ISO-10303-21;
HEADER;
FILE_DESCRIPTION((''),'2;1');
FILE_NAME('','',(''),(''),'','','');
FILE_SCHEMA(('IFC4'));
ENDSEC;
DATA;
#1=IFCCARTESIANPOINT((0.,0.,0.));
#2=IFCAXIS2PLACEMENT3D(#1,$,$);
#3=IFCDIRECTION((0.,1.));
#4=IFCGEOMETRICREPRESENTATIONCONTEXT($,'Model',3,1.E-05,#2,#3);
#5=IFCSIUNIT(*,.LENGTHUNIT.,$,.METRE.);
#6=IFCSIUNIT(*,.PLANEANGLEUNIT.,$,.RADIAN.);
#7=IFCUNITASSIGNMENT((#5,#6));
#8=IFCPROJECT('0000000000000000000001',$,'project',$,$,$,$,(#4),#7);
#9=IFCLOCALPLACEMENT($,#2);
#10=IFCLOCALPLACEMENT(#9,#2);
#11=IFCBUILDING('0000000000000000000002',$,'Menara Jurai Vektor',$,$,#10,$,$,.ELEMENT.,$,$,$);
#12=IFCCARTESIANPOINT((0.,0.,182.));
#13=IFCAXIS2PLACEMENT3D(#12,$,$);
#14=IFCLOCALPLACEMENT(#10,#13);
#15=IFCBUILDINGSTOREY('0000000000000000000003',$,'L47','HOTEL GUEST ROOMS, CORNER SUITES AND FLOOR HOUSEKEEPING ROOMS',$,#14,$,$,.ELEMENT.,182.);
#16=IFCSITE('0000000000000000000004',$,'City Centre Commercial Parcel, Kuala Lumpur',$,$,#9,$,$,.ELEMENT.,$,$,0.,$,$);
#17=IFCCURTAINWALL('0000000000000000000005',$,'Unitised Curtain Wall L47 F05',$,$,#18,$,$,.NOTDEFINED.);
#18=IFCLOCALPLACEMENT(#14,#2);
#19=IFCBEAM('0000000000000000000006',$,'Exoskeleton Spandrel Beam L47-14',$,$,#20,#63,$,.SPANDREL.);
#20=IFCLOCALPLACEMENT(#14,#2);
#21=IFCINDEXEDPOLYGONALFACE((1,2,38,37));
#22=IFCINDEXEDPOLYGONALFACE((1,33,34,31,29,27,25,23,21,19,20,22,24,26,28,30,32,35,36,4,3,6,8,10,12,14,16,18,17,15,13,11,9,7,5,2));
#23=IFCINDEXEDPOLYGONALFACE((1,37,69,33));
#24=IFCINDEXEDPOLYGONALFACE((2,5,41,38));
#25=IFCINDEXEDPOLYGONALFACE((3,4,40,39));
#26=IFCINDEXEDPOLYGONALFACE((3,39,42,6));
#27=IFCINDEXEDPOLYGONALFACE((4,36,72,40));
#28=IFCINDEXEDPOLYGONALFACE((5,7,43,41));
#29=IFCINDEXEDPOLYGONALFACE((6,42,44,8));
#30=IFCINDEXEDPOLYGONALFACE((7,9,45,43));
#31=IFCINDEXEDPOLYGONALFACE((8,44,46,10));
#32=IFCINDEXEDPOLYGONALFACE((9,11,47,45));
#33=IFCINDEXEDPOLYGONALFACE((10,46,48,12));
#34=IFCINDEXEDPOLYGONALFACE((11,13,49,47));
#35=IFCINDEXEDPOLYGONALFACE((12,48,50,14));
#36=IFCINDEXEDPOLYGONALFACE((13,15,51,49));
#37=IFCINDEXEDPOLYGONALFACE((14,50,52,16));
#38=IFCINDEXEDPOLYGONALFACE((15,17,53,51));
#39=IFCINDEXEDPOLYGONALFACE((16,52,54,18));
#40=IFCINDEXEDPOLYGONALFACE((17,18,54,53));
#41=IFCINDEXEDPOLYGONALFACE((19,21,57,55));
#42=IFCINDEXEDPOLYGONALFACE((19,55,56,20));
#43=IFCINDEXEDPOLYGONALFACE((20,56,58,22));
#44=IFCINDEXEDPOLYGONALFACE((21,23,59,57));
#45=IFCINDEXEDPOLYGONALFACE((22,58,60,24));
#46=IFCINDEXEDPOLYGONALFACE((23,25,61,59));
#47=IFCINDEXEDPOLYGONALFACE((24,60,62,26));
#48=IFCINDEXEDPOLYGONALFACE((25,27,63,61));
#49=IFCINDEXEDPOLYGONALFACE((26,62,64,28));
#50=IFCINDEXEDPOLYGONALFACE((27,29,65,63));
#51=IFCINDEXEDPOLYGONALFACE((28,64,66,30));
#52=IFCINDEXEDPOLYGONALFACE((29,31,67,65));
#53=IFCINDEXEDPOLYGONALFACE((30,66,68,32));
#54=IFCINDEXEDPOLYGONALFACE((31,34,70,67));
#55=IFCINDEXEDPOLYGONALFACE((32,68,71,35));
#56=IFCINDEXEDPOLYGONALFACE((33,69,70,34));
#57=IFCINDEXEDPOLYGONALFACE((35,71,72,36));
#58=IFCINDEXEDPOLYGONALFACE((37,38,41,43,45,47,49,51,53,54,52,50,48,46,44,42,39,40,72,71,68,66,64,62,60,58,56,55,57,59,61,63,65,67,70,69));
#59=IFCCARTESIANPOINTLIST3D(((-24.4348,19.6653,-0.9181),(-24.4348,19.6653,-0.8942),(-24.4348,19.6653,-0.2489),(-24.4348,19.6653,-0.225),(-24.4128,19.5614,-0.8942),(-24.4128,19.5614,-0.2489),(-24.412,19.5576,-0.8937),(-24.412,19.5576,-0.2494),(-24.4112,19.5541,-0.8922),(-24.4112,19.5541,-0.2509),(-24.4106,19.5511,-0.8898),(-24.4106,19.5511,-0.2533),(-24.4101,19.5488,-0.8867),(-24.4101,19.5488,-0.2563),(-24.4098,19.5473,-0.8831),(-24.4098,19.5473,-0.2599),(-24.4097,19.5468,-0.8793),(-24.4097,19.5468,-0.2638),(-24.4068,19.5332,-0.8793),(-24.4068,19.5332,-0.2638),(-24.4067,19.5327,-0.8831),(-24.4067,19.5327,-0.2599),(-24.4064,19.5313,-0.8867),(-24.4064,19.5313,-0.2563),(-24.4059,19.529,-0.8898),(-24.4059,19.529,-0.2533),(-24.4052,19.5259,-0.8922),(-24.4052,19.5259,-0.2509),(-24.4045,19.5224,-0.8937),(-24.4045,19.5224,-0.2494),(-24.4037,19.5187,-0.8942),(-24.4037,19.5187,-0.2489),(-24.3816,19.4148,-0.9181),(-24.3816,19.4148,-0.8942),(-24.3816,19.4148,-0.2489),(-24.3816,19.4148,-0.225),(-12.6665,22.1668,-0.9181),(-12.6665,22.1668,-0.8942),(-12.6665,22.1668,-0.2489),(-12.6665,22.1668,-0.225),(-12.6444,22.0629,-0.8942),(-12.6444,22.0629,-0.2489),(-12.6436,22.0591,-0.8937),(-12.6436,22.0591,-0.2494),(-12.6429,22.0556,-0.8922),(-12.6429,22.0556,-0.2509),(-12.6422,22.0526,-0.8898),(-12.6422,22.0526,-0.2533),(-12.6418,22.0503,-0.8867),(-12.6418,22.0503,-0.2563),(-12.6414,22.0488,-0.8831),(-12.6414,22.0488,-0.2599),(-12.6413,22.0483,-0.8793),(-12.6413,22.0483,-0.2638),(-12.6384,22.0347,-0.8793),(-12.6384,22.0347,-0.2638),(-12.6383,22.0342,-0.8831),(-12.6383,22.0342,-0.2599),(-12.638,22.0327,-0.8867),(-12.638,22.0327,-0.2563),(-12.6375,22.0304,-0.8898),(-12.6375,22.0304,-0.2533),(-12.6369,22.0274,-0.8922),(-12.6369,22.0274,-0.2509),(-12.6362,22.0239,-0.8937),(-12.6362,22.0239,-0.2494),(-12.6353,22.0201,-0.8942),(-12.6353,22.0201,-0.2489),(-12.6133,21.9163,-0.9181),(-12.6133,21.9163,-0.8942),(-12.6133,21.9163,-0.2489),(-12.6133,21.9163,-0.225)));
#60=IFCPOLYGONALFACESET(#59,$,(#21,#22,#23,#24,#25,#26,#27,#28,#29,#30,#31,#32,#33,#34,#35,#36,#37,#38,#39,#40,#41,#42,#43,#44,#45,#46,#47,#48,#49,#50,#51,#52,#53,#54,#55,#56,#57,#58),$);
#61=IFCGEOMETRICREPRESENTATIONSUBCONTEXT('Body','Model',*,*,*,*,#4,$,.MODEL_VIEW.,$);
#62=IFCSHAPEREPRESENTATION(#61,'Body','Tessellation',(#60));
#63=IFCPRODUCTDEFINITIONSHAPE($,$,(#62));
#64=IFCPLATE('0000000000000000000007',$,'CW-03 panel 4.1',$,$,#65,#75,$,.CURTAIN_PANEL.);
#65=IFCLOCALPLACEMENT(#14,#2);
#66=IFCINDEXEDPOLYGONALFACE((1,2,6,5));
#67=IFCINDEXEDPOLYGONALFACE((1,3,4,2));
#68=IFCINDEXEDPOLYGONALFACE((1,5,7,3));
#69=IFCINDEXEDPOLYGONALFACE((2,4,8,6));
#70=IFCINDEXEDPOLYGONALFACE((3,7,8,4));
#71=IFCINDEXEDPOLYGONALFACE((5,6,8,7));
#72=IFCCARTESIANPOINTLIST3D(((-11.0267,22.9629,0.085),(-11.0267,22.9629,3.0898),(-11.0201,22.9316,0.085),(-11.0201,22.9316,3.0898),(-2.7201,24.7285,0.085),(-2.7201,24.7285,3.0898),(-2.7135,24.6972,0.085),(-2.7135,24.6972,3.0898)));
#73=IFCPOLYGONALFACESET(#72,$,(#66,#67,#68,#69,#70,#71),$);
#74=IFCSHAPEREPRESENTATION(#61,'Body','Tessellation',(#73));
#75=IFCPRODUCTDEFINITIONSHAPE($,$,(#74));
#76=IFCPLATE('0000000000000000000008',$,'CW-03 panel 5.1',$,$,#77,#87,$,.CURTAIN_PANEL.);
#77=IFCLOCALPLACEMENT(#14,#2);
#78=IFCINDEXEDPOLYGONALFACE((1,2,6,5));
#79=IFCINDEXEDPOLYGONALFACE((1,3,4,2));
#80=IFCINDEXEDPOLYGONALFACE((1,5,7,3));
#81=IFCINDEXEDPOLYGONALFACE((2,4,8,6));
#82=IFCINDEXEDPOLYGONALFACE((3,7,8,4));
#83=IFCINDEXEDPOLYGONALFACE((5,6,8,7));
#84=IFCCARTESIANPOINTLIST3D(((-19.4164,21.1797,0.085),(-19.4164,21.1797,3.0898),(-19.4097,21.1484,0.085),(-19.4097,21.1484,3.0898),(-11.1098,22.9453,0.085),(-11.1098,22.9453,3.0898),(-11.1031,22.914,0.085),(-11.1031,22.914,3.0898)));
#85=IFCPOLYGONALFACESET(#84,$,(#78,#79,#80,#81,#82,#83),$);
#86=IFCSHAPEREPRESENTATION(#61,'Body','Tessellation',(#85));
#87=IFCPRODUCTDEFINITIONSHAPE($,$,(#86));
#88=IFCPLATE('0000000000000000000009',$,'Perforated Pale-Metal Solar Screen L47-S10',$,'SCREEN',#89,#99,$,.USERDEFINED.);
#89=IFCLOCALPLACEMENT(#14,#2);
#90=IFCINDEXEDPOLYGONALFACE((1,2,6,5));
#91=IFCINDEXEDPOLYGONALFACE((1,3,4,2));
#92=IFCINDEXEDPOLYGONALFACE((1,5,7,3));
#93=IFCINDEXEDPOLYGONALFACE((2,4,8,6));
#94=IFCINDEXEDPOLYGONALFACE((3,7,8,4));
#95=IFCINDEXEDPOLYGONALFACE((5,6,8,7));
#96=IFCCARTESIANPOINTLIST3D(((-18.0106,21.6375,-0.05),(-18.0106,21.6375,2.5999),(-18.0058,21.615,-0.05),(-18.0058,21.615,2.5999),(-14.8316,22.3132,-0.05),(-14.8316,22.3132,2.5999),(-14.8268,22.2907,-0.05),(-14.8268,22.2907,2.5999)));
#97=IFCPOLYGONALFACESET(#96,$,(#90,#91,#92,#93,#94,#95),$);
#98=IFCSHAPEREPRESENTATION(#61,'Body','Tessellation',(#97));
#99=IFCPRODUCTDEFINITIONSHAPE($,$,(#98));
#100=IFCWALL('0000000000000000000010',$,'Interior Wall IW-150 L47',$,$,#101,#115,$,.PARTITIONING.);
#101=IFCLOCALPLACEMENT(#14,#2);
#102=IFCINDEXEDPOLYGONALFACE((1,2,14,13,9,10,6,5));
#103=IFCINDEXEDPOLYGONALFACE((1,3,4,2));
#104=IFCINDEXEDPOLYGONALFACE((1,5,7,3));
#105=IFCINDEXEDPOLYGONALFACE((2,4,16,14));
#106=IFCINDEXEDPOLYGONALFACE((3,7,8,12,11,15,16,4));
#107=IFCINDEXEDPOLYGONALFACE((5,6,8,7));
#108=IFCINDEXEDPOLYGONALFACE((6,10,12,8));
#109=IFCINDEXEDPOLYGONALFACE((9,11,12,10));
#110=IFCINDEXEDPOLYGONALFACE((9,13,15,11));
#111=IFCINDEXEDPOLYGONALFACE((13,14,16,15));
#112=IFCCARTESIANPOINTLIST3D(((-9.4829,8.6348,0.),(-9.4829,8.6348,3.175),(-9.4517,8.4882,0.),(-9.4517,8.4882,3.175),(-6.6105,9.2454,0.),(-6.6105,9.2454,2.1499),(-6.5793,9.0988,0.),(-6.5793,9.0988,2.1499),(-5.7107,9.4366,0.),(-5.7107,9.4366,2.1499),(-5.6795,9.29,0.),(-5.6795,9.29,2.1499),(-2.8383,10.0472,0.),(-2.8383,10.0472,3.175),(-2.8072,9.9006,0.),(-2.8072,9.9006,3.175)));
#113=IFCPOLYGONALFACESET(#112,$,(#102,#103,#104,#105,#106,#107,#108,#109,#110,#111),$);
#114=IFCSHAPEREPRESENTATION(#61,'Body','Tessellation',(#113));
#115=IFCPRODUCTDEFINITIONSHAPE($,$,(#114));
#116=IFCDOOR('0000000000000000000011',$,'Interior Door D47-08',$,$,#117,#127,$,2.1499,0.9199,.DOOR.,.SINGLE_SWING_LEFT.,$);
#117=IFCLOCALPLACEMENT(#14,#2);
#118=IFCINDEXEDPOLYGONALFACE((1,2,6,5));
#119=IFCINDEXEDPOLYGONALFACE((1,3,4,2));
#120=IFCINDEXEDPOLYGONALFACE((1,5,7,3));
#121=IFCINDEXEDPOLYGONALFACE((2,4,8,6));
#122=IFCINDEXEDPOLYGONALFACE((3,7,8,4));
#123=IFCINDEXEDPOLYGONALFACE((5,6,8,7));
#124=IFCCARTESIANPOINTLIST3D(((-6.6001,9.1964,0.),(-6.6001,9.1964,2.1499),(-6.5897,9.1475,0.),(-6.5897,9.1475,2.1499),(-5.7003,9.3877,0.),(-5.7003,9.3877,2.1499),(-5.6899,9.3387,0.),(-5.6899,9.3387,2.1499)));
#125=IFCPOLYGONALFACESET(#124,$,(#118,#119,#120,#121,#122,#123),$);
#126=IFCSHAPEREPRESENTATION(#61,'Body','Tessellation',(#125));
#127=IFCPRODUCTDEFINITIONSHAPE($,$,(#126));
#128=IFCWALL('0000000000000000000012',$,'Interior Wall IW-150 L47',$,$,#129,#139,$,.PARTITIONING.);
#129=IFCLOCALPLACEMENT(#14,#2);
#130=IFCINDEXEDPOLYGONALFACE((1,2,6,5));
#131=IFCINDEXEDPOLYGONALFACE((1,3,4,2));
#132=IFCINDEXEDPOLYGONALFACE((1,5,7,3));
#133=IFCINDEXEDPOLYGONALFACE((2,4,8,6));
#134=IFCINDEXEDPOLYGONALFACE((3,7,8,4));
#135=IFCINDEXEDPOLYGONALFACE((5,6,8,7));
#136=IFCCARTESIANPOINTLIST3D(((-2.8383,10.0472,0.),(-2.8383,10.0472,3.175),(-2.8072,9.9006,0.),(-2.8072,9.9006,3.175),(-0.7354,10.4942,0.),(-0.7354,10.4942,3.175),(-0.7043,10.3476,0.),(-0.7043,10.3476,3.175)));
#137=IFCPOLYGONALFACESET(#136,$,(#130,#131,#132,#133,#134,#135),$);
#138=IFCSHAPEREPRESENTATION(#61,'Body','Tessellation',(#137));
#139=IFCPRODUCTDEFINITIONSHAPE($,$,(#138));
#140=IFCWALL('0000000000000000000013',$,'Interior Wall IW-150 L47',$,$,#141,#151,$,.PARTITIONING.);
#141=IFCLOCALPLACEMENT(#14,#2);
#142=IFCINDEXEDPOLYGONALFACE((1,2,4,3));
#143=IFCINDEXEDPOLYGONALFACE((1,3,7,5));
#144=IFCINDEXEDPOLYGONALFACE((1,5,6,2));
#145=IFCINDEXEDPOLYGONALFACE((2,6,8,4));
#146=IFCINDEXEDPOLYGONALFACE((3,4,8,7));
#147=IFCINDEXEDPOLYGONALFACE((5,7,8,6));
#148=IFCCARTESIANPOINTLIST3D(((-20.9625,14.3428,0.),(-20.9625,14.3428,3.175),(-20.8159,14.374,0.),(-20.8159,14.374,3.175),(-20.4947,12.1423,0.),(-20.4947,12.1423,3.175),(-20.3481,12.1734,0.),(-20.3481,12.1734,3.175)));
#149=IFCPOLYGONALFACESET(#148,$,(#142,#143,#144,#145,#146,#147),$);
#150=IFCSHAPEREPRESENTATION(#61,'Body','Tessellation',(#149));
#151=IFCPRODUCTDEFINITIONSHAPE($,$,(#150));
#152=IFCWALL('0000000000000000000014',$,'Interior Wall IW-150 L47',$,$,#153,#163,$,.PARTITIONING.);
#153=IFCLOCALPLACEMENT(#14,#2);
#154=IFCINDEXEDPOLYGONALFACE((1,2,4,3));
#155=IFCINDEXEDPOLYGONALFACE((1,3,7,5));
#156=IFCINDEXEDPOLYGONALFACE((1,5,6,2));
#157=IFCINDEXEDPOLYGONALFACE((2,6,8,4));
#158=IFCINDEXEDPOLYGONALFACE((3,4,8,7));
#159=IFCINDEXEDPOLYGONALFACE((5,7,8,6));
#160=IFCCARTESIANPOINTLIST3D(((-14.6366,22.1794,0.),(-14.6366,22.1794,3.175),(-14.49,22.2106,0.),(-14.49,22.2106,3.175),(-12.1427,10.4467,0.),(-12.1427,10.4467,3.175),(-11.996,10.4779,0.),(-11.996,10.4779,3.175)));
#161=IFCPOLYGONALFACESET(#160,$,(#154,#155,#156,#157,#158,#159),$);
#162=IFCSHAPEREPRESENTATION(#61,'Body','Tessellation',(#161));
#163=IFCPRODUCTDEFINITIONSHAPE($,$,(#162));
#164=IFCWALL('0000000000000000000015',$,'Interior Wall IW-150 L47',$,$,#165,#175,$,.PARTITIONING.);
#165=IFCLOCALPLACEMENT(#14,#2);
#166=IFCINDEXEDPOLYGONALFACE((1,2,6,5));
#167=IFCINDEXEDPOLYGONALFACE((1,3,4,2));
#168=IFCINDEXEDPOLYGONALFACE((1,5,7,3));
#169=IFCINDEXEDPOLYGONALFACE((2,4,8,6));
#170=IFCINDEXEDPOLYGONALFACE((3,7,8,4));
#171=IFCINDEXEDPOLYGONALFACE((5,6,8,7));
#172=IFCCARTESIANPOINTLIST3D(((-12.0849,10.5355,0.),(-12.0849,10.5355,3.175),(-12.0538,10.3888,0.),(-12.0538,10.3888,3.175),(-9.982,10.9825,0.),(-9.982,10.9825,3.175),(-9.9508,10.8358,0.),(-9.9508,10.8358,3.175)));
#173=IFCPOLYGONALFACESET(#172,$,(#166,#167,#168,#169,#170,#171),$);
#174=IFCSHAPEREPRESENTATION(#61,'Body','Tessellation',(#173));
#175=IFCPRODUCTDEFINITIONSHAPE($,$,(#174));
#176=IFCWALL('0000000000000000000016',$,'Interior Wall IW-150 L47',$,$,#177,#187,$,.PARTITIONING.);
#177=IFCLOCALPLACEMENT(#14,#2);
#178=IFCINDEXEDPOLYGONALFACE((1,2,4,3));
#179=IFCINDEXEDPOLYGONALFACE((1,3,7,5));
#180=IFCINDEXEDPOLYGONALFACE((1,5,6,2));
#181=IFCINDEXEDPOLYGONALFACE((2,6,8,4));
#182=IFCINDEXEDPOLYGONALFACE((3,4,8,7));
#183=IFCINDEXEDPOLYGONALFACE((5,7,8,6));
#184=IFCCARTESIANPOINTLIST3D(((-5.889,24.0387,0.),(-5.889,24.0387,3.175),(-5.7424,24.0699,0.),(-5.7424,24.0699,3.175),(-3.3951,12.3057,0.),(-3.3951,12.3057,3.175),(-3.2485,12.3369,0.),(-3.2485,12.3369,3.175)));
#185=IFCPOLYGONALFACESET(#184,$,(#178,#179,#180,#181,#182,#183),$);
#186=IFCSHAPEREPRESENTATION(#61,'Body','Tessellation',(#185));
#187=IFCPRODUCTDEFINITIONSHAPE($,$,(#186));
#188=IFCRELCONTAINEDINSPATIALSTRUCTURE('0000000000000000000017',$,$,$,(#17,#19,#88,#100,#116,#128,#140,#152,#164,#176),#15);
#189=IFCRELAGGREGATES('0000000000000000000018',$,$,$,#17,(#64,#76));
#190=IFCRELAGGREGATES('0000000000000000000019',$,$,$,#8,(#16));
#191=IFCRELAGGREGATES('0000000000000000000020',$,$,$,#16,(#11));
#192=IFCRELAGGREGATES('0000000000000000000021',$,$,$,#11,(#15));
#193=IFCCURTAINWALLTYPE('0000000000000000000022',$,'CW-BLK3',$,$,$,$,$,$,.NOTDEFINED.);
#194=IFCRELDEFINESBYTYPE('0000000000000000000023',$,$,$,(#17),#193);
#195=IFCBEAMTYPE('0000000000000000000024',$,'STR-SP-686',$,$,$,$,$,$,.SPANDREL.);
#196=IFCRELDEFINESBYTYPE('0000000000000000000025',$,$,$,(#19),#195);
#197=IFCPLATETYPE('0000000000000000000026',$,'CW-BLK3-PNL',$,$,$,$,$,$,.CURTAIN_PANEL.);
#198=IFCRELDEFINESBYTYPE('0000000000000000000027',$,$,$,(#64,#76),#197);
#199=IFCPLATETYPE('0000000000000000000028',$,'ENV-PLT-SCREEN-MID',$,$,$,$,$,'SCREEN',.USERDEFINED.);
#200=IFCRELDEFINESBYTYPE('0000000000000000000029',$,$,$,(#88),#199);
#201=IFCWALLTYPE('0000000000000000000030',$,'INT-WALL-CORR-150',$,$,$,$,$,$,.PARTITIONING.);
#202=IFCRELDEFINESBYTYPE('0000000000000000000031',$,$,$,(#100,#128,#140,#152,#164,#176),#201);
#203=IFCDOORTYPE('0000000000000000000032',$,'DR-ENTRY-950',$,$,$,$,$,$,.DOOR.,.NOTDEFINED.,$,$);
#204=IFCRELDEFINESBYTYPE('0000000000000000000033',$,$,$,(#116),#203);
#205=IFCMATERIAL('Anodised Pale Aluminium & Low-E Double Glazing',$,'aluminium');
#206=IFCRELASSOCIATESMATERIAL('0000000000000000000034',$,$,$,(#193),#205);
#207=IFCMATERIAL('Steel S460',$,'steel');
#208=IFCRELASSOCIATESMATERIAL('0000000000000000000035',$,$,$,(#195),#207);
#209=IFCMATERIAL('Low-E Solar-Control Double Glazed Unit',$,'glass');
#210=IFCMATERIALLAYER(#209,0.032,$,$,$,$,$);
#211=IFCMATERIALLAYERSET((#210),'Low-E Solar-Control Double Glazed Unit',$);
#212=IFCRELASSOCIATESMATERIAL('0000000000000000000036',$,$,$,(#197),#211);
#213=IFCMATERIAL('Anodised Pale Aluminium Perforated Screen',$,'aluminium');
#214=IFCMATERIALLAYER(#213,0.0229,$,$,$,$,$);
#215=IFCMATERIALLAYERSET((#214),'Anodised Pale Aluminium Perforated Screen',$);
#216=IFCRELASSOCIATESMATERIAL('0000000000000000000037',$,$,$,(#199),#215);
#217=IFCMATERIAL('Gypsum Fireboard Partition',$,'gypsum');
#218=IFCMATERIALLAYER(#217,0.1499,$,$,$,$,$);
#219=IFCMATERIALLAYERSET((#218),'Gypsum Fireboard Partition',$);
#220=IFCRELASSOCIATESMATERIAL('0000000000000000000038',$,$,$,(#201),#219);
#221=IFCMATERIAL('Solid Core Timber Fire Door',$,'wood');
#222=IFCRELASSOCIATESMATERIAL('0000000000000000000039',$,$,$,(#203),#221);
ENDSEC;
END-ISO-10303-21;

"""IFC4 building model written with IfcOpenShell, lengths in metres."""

from ifc_helpers import new_model, si_unit, direction, frame, frame_2d, origin, origin_2d, place, context, subcontext, project, spatial, rectangle, i_section, extrude, material, layer, layer_set, material_profile, profile_set, type_object, element, fill, aggregate, save


model = new_model("IFC4")

# Units and contexts
model_context = context("Model", 3, precision=1e-05, world=origin(), true_north=direction((0.0, 1.0)))
body_context = subcontext(model_context, "Body", "Model", "MODEL_VIEW")
ifc_project = project(units=[si_unit("LENGTHUNIT", "METRE"), si_unit("PLANEANGLEUNIT", "RADIAN")], contexts=[model_context])

# Site, building, storey
site_placement = place(None, origin())
site = spatial("IfcSite", under=ifc_project, at=site_placement, Name="City Centre Commercial Parcel, Kuala Lumpur", CompositionType="ELEMENT", RefElevation=0.0)
building_placement = place(site_placement, origin())
building = spatial("IfcBuilding", under=site, at=building_placement, Name="Menara Jurai Vektor", CompositionType="ELEMENT")
storey_placement = place(building_placement, frame((0.0, 0.0, 182.0)))
storey = spatial("IfcBuildingStorey", under=building, at=storey_placement, Name="L47", Description="HOTEL GUEST ROOMS, CORNER SUITES AND FLOOR HOUSEKEEPING ROOMS", CompositionType="ELEMENT", Elevation=182.0)

# Shared definitions
ifc_material_1 = material(Name="Steel S460", Category="steel")

# Curtain wall
ifc_material_2 = material(Name="Anodised Pale Aluminium & Low-E Double Glazing", Category="aluminium")
curtain_wall_type = type_object("IfcCurtainWallType", Name="CW-BLK3", PredefinedType="NOTDEFINED", material=ifc_material_2)
curtain_wall_placement = place(storey_placement, origin())
curtain_wall = element("IfcCurtainWall", 1, at=curtain_wall_placement, inside=storey, type_object=curtain_wall_type, Name="Unitised Curtain Wall L47 F05", PredefinedType="NOTDEFINED")

# Beam
ifc_material_profile_1 = material_profile(ifc_material_1, i_section(OverallWidth=0.2561, OverallDepth=0.6931, WebThickness=0.0139, FlangeThickness=0.0239, FilletRadius=0.0149, at=origin_2d()), Name="UKB 686x254x170")
ifc_profile_set_1 = profile_set([ifc_material_profile_1], Name="Steel S460")
beam_type_1 = type_object("IfcBeamType", Name="STR-SP-686", PredefinedType="SPANDREL", material=ifc_profile_set_1)
beam_1_placement = place(storey_placement, frame((-12.6399, 22.0415, -0.5715), z_axis=(-0.978147, -0.207914, 0.0), x_axis=(0.207914, -0.978147, 0.0)))
element("IfcBeam", 2, at=beam_1_placement, inside=storey, type_object=beam_type_1, Name="Exoskeleton Spandrel Beam L47-14", PredefinedType="SPANDREL", context=body_context, shape_type="SweptSolid", body=[
    extrude(i_section(OverallWidth=0.2561, OverallDepth=0.6931, WebThickness=0.0139, FlangeThickness=0.0239, FilletRadius=0.0149, at=origin_2d()), origin(), (0.0, 0.0, 1.0), 12.0312),
])

# Plates
ifc_material_3 = material(Name="Low-E Solar-Control Double Glazed Unit", Category="glass")
ifc_layer_1 = layer(ifc_material_3, 0.032)
ifc_layer_set_1 = layer_set([ifc_layer_1], Name="Low-E Solar-Control Double Glazed Unit")
plate_type_1 = type_object("IfcPlateType", Name="CW-BLK3-PNL", PredefinedType="CURTAIN_PANEL", material=ifc_layer_set_1)
plate_1_placement = place(storey_placement, frame((-6.8701, 23.8301, 0.085), z_axis=(0.0, 0.0, 1.0), x_axis=(-0.978148, -0.207911, 0.0)))
plate_1 = element("IfcPlate", 3, at=plate_1_placement, type_object=plate_type_1, Name="CW-03 panel 4.1", PredefinedType="CURTAIN_PANEL", context=body_context, shape_type="SweptSolid", body=[
    extrude(rectangle(XDim=8.4922, YDim=0.032, at=origin_2d()), origin(), (0.0, 0.0, 1.0), 3.0049),
])
plate_2_placement = place(storey_placement, frame((-15.2598, 22.0469, 0.085), z_axis=(0.0, 0.0, 1.0), x_axis=(-0.978148, -0.207911, 0.0)))
plate_2 = element("IfcPlate", 4, at=plate_2_placement, type_object=plate_type_1, Name="CW-03 panel 5.1", PredefinedType="CURTAIN_PANEL", context=body_context, shape_type="SweptSolid", body=[
    extrude(rectangle(XDim=8.4922, YDim=0.032, at=origin_2d()), origin(), (0.0, 0.0, 1.0), 3.0049),
])
aggregate(curtain_wall, [plate_1, plate_2])
ifc_material_4 = material(Name="Anodised Pale Aluminium Perforated Screen", Category="aluminium")
ifc_layer_2 = layer(ifc_material_4, 0.0229)
ifc_layer_set_2 = layer_set([ifc_layer_2], Name="Anodised Pale Aluminium Perforated Screen")
plate_type_2 = type_object("IfcPlateType", Name="ENV-PLT-SCREEN-MID", ElementType="SCREEN", PredefinedType="USERDEFINED", material=ifc_layer_set_2)
plate_3_placement = place(storey_placement, frame((-16.4187, 21.9641, -0.05), z_axis=(0.0, 0.0, 1.0), x_axis=(-0.978148, -0.207912, 0.0)))
element("IfcPlate", 5, at=plate_3_placement, inside=storey, type_object=plate_type_2, Name="Perforated Pale-Metal Solar Screen L47-S10", ObjectType="SCREEN", PredefinedType="USERDEFINED", context=body_context, shape_type="SweptSolid", body=[
    extrude(rectangle(XDim=3.25, YDim=0.0229, at=origin_2d()), origin(), (0.0, 0.0, 1.0), 2.6499),
])

# Wall, opening, door
ifc_material_5 = material(Name="Gypsum Fireboard Partition", Category="gypsum")
ifc_layer_3 = layer(ifc_material_5, 0.1499)
ifc_layer_set_3 = layer_set([ifc_layer_3], Name="Gypsum Fireboard Partition")
wall_type = type_object("IfcWallType", Name="INT-WALL-CORR-150", PredefinedType="PARTITIONING", material=ifc_layer_set_3)
wall_1_placement = place(storey_placement, frame((-9.4673, 8.5615, 0.0), z_axis=(0.0, 0.0, 1.0), x_axis=(0.978147, 0.207914, 0.0)))
wall_1 = element("IfcWall", 6, at=wall_1_placement, inside=storey, type_object=wall_type, Name="Interior Wall IW-150 L47", PredefinedType="PARTITIONING", context=body_context, shape_type="SweptSolid", body=[
    extrude(rectangle(XDim=6.793, YDim=0.1499, at=frame_2d((3.3965, 0.0))), origin(), (0.0, 0.0, 1.0), 3.175),
])
opening_1_placement = place(wall_1_placement, frame((2.9365, 0.0, 0.0)))
opening_1 = element("IfcOpeningElement", 7, at=opening_1_placement, cuts=wall_1, PredefinedType="OPENING", context=body_context, shape_type="SweptSolid", body=[
    extrude(rectangle(XDim=0.9199, YDim=2.1499, at=frame_2d((0.46, 1.075))), frame((0.0, 0.085, 0.0), z_axis=(0.0, -1.0, 0.0), x_axis=(1.0, 0.0, 0.0)), (0.0, 0.0, 1.0), 0.1699),
])
ifc_material_6 = material(Name="Solid Core Timber Fire Door", Category="wood")
door_type_1 = type_object("IfcDoorType", Name="DR-ENTRY-950", OperationType="NOTDEFINED", PredefinedType="DOOR", material=ifc_material_6)
door_1_placement = place(opening_1_placement, origin())
door_1 = element("IfcDoor", 8, at=door_1_placement, inside=storey, type_object=door_type_1, Name="Interior Door D47-08", OperationType="SINGLE_SWING_LEFT", OverallHeight=2.1499, OverallWidth=0.9199, PredefinedType="DOOR", context=body_context, shape_type="SweptSolid", body=[
    extrude(rectangle(XDim=0.9199, YDim=2.1499, at=frame_2d((0.46, 1.075))), frame((0.0, 0.0249, 0.0), z_axis=(0.0, -1.0, 0.0), x_axis=(1.0, 0.0, 0.0)), (0.0, 0.0, 1.0), 0.05),
])
fill(opening_1, door_1)

# Walls
wall_2_placement = place(storey_placement, frame((-2.8228, 9.9739, 0.0), z_axis=(0.0, 0.0, 1.0), x_axis=(0.978147, 0.207916, 0.0)))
element("IfcWall", 9, at=wall_2_placement, inside=storey, type_object=wall_type, Name="Interior Wall IW-150 L47", PredefinedType="PARTITIONING", context=body_context, shape_type="SweptSolid", body=[
    extrude(rectangle(XDim=2.1499, YDim=0.1499, at=frame_2d((1.075, 0.0))), origin(), (0.0, 0.0, 1.0), 3.175),
])
wall_3_placement = place(storey_placement, frame((-20.4214, 12.1577, 0.0), z_axis=(0.0, 0.0, 1.0), x_axis=(-0.207913, 0.978147, 0.0)))
element("IfcWall", 10, at=wall_3_placement, inside=storey, type_object=wall_type, Name="Interior Wall IW-150 L47", PredefinedType="PARTITIONING", context=body_context, shape_type="SweptSolid", body=[
    extrude(rectangle(XDim=2.2498, YDim=0.1499, at=frame_2d((1.125, 0.0))), origin(), (0.0, 0.0, 1.0), 3.175),
])
wall_4_placement = place(storey_placement, frame((-12.0693, 10.4622, 0.0), z_axis=(0.0, 0.0, 1.0), x_axis=(-0.207915, 0.978147, 0.0)))
element("IfcWall", 11, at=wall_4_placement, inside=storey, type_object=wall_type, Name="Interior Wall IW-150 L47", PredefinedType="PARTITIONING", context=body_context, shape_type="SweptSolid", body=[
    extrude(rectangle(XDim=11.9949, YDim=0.1499, at=frame_2d((5.9976, 0.0))), origin(), (0.0, 0.0, 1.0), 3.175),
])
wall_5_placement = place(storey_placement, frame((-12.0693, 10.4622, 0.0), z_axis=(0.0, 0.0, 1.0), x_axis=(0.978147, 0.207916, 0.0)))
element("IfcWall", 12, at=wall_5_placement, inside=storey, type_object=wall_type, Name="Interior Wall IW-150 L47", PredefinedType="PARTITIONING", context=body_context, shape_type="SweptSolid", body=[
    extrude(rectangle(XDim=2.1499, YDim=0.1499, at=frame_2d((1.075, 0.0))), origin(), (0.0, 0.0, 1.0), 3.175),
])

# Wall
wall_6_placement = place(storey_placement, frame((-3.3218, 12.3213, 0.0), z_axis=(0.0, 0.0, 1.0), x_axis=(-0.207911, 0.978148, 0.0)))
element("IfcWall", 13, at=wall_6_placement, inside=storey, type_object=wall_type, Name="Interior Wall IW-150 L47", PredefinedType="PARTITIONING", context=body_context, shape_type="SweptSolid", body=[
    extrude(rectangle(XDim=11.9951, YDim=0.1499, at=frame_2d((5.9976, 0.0))), origin(), (0.0, 0.0, 1.0), 3.175),
])

save(model, "model.ifc")
